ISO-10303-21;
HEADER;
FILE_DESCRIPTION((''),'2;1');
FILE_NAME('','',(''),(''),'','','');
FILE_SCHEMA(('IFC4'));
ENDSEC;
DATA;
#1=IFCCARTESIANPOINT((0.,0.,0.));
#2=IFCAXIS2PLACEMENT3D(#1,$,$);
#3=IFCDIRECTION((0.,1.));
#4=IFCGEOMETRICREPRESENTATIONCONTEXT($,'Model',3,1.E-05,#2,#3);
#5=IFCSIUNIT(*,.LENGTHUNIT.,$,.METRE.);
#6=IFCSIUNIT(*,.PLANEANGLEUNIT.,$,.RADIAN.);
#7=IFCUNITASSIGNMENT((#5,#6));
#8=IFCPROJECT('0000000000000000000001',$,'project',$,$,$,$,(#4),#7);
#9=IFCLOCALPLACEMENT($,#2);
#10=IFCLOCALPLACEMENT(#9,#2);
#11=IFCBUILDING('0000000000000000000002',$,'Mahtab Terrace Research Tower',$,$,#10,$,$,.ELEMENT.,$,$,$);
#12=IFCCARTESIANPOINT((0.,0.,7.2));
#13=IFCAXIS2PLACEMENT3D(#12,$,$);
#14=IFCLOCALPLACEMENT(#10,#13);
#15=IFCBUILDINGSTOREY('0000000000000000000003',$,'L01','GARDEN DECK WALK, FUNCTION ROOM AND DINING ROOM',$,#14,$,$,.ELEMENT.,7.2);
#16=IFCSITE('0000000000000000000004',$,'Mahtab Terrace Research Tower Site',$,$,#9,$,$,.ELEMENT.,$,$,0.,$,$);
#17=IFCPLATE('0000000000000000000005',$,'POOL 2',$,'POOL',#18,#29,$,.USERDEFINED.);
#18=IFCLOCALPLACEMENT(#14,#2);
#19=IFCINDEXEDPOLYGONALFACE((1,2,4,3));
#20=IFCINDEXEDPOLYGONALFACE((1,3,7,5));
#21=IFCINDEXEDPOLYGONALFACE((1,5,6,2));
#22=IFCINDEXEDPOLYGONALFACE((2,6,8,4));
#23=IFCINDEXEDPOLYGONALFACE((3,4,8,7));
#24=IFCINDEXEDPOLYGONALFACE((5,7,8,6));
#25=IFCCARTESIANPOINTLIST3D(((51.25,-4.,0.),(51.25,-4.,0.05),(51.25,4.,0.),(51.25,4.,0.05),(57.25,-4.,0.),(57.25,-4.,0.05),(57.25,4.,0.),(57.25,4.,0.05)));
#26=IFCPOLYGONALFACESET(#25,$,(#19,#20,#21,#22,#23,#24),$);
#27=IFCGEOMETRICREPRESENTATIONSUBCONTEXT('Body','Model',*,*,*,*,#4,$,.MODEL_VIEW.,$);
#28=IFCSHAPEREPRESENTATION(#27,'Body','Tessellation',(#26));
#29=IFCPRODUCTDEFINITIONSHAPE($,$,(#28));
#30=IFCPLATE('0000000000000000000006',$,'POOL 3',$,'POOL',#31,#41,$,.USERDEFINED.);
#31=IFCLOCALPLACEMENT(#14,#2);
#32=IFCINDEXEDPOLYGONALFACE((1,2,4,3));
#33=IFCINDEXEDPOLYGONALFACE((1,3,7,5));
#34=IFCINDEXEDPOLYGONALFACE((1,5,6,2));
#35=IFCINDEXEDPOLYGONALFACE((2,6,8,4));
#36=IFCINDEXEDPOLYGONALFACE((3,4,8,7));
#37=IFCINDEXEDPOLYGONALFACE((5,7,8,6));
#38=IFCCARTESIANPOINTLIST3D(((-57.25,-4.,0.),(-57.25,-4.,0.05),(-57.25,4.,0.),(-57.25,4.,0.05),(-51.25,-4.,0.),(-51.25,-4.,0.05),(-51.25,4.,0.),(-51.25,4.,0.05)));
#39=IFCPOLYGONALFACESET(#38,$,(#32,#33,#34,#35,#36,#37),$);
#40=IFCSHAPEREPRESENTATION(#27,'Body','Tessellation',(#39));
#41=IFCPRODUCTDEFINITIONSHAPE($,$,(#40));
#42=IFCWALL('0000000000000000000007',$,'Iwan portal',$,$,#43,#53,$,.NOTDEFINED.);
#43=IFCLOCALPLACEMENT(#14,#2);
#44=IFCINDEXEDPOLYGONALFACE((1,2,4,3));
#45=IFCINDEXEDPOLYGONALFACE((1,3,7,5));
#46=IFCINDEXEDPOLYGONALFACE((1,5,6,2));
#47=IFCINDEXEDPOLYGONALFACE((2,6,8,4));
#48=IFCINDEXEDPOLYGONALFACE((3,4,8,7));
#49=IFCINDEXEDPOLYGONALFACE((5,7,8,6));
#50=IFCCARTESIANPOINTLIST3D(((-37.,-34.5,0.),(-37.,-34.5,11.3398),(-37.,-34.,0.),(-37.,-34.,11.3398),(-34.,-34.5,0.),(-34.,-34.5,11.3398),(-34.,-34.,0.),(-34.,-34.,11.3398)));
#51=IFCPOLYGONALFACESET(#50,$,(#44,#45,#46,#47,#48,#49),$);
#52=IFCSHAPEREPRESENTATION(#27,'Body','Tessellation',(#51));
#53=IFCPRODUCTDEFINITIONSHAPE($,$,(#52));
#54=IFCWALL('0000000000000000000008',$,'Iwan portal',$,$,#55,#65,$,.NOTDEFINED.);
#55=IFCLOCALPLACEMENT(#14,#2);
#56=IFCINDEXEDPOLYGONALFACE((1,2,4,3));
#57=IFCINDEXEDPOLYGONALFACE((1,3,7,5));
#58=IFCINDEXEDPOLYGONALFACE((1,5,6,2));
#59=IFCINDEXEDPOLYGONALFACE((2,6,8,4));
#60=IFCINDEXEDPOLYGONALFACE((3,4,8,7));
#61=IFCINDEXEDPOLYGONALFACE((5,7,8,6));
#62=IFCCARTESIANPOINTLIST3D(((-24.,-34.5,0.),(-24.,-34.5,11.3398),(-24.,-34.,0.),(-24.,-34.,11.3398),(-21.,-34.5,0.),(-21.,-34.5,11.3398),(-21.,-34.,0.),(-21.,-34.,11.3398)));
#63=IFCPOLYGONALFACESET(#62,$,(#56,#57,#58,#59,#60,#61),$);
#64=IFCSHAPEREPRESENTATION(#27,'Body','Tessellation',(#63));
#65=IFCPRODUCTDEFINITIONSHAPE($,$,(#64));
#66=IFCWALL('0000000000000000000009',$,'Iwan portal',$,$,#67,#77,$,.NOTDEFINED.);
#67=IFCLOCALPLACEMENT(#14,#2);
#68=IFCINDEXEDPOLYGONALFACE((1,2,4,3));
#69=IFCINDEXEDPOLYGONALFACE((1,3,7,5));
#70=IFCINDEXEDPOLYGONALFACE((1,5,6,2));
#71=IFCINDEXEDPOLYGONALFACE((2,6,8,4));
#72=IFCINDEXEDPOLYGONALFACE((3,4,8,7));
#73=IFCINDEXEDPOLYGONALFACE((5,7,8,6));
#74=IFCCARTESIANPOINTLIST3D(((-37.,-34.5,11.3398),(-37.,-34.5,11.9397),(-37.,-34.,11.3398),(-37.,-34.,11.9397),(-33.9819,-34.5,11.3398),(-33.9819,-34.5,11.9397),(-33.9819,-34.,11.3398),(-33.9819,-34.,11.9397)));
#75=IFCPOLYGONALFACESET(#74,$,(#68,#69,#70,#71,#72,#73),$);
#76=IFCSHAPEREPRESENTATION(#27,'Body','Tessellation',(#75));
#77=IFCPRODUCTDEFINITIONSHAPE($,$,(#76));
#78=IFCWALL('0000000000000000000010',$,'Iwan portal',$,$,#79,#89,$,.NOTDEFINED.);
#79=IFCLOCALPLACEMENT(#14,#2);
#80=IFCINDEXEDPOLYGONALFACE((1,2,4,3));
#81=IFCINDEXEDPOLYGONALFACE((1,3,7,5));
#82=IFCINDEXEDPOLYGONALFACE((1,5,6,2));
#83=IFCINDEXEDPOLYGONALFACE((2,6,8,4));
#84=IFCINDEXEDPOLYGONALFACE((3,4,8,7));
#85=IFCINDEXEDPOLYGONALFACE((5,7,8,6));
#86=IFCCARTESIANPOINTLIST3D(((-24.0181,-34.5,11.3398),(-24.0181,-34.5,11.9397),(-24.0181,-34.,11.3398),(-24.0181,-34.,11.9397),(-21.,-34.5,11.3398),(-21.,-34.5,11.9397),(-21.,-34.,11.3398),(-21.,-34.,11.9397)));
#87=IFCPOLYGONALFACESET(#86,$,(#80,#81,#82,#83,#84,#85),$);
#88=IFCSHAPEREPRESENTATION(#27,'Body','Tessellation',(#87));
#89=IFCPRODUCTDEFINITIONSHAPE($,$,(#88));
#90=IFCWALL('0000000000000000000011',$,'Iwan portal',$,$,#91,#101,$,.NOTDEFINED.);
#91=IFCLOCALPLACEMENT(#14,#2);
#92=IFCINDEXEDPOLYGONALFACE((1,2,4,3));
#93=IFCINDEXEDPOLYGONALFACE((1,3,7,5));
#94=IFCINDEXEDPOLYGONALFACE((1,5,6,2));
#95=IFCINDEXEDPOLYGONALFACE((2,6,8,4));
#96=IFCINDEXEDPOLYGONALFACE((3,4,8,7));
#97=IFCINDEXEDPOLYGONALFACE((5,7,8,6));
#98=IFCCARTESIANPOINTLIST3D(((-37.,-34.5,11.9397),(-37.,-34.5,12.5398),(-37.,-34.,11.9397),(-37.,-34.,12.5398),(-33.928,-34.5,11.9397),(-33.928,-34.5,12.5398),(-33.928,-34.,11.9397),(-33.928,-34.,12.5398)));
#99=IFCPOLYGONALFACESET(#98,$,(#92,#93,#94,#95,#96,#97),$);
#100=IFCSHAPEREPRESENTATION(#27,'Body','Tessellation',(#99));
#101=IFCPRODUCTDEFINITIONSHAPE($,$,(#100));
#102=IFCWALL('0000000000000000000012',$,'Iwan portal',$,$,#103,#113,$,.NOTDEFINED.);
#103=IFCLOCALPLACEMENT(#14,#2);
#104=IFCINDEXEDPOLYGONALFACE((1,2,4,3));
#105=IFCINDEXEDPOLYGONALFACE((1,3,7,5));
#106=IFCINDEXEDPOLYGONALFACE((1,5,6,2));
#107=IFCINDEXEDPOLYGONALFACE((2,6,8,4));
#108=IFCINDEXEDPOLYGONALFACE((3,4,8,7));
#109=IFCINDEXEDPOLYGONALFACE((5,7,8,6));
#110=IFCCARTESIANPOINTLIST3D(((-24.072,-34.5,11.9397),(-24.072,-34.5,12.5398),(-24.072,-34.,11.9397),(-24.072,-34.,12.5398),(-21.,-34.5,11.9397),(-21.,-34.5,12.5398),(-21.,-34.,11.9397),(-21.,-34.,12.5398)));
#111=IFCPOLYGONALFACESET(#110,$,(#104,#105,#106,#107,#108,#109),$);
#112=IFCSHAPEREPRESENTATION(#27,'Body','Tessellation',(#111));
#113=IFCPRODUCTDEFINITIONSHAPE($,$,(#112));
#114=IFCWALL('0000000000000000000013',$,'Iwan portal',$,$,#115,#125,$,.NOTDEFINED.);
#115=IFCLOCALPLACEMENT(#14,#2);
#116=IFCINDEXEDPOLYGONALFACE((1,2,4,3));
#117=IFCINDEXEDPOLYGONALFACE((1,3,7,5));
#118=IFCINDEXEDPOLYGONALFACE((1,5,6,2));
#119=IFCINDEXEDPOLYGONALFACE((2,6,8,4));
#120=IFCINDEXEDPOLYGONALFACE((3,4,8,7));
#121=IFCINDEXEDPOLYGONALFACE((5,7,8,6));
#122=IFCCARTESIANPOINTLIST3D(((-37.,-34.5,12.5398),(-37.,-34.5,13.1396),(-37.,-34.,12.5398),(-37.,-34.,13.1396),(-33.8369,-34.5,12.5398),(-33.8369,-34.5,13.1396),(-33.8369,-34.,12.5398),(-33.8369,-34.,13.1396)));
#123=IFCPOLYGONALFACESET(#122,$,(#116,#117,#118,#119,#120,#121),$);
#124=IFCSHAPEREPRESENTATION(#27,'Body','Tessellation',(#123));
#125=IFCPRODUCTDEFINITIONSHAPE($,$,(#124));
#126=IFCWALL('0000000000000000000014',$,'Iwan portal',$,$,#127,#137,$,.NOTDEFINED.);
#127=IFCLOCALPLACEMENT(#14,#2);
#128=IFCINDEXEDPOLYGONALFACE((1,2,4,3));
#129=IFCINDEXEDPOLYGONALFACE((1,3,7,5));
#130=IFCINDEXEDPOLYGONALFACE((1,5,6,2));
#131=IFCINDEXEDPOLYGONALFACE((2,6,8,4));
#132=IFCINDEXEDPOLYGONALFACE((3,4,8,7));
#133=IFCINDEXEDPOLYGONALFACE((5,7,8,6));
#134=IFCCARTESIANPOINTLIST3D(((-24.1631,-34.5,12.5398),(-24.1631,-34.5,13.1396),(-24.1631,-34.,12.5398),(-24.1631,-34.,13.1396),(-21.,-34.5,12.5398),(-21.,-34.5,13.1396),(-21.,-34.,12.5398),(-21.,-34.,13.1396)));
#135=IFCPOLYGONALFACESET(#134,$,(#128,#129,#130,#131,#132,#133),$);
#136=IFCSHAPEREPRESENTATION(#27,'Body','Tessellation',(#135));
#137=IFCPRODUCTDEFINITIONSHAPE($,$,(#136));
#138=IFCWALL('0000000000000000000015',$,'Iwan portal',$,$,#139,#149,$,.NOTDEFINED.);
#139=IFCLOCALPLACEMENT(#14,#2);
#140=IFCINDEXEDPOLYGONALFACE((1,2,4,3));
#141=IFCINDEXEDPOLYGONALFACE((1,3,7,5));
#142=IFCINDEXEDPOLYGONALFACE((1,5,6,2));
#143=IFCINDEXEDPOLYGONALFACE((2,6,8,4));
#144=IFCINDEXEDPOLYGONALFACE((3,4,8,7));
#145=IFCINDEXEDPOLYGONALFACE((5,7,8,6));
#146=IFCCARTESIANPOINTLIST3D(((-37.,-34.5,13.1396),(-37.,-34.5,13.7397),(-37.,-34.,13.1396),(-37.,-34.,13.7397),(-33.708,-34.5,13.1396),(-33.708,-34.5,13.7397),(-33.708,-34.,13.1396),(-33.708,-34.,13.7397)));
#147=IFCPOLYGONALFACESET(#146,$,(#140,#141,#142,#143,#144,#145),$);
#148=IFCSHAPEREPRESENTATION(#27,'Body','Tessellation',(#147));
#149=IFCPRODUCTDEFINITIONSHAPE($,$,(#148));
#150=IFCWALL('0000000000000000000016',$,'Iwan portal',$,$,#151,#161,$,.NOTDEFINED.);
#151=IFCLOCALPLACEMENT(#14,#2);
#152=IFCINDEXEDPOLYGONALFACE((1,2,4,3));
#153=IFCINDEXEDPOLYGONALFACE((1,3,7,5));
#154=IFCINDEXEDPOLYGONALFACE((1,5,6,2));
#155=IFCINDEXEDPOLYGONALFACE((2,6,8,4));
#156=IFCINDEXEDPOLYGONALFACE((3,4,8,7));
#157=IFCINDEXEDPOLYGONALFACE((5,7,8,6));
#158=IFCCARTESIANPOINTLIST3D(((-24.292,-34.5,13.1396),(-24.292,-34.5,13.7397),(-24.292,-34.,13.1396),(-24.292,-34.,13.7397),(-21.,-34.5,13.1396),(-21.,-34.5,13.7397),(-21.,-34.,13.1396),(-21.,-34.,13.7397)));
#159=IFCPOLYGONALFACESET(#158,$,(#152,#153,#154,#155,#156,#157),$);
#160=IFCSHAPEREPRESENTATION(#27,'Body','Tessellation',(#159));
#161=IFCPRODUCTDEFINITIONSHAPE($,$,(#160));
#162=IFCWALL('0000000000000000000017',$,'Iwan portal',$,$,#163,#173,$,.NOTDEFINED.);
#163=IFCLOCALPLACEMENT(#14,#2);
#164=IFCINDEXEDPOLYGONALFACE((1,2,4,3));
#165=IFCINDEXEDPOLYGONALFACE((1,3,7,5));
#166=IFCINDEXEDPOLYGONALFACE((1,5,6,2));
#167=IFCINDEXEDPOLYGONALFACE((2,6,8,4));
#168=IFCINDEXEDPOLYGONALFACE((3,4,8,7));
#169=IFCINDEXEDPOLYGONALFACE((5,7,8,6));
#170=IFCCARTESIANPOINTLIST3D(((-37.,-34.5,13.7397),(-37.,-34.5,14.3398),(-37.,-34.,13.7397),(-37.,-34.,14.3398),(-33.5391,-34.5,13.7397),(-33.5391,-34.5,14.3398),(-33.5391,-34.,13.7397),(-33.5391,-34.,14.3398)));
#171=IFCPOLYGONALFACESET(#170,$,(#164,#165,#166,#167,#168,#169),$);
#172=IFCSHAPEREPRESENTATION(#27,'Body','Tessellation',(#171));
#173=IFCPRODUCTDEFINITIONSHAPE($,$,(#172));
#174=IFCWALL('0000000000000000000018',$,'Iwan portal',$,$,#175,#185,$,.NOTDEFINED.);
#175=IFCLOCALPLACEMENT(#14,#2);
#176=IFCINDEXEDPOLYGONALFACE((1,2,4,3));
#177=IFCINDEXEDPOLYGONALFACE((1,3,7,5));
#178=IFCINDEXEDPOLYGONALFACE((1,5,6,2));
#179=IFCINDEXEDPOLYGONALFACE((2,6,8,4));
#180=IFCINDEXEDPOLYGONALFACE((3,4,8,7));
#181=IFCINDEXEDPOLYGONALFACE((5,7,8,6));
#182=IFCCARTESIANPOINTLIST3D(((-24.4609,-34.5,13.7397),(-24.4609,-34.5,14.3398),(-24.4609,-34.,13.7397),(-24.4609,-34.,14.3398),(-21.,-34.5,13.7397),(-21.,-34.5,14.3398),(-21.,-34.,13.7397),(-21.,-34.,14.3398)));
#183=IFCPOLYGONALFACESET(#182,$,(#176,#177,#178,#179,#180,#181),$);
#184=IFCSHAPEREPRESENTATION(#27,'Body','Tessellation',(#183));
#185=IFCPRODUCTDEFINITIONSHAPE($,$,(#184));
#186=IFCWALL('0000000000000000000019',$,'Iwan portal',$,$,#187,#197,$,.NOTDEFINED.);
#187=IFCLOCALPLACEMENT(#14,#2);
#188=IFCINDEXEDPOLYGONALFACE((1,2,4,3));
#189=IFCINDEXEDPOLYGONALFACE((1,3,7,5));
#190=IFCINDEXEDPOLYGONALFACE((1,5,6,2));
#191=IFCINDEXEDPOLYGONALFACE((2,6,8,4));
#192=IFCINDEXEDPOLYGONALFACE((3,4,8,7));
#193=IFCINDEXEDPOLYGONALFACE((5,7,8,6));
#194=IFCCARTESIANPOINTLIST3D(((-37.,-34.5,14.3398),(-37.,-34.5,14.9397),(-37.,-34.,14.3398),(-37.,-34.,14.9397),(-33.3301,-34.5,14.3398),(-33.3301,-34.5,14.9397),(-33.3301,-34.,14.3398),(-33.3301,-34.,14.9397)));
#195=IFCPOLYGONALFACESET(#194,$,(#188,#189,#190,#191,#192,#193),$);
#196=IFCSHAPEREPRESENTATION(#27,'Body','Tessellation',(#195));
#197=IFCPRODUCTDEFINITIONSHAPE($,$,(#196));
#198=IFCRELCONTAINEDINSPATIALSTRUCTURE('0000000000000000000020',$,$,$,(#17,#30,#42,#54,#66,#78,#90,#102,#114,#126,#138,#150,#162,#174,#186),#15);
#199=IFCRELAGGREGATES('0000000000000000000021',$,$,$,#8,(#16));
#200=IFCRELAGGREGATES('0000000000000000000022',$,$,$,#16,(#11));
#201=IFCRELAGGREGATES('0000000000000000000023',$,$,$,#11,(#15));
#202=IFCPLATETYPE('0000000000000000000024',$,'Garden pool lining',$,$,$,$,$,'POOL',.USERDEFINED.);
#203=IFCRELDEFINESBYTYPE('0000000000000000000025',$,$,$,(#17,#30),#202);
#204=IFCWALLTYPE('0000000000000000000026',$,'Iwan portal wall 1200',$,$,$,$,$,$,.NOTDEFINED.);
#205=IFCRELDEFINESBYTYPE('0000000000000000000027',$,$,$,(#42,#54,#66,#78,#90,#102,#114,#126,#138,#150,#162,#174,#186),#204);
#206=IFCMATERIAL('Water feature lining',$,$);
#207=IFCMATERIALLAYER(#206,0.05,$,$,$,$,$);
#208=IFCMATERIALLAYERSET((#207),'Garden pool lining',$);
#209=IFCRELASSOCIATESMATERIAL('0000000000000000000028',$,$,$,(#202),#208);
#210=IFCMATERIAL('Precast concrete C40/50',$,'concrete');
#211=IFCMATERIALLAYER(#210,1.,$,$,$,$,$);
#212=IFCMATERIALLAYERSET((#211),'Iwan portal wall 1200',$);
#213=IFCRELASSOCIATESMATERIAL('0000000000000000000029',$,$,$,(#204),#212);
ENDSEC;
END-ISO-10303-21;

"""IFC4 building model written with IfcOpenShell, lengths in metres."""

from ifc_helpers import new_model, si_unit, direction, frame, origin, place, context, subcontext, project, spatial, polyline, outline, extrude, material, layer, layer_set, type_object, element, save


model = new_model("IFC4")

# Units and contexts
model_context = context("Model", 3, precision=1e-05, world=origin(), true_north=direction((0.0, 1.0)))
body_context = subcontext(model_context, "Body", "Model", "MODEL_VIEW")
ifc_project = project(units=[si_unit("LENGTHUNIT", "METRE"), si_unit("PLANEANGLEUNIT", "RADIAN")], contexts=[model_context])

# Site, building, storey
site_placement = place(None, origin())
site = spatial("IfcSite", under=ifc_project, at=site_placement, Name="Mahtab Terrace Research Tower Site", CompositionType="ELEMENT", RefElevation=0.0)
building_placement = place(site_placement, origin())
building = spatial("IfcBuilding", under=site, at=building_placement, Name="Mahtab Terrace Research Tower", CompositionType="ELEMENT")
storey_placement = place(building_placement, frame((0.0, 0.0, 7.2)))
storey = spatial("IfcBuildingStorey", under=building, at=storey_placement, Name="L01", Description="GARDEN DECK WALK, FUNCTION ROOM AND DINING ROOM", CompositionType="ELEMENT", Elevation=7.2)

# Plates
ifc_material_1 = material(Name="Water feature lining")
ifc_layer_1 = layer(ifc_material_1, 0.05)
ifc_layer_set_1 = layer_set([ifc_layer_1], Name="Garden pool lining")
plate_type = type_object("IfcPlateType", Name="Garden pool lining", ElementType="POOL", PredefinedType="USERDEFINED", material=ifc_layer_set_1)
plate_1_placement = place(storey_placement, origin())
element("IfcPlate", 1, at=plate_1_placement, inside=storey, type_object=plate_type, Name="POOL 2", ObjectType="POOL", PredefinedType="USERDEFINED", context=body_context, shape_type="SweptSolid", body=[
    extrude(outline(polyline([(57.25, -4.0), (57.25, 4.0), (51.25, 4.0), (51.25, -4.0), (57.25, -4.0)])), origin(), (0.0, 0.0, 1.0), 0.05),
])
plate_2_placement = place(storey_placement, origin())
element("IfcPlate", 2, at=plate_2_placement, inside=storey, type_object=plate_type, Name="POOL 3", ObjectType="POOL", PredefinedType="USERDEFINED", context=body_context, shape_type="SweptSolid", body=[
    extrude(outline(polyline([(-51.25, -4.0), (-51.25, 4.0), (-57.25, 4.0), (-57.25, -4.0), (-51.25, -4.0)])), origin(), (0.0, 0.0, 1.0), 0.05),
])

# Walls
ifc_material_2 = material(Name="Precast concrete C40/50", Category="concrete")
ifc_layer_2 = layer(ifc_material_2, 1.0)
ifc_layer_set_2 = layer_set([ifc_layer_2], Name="Iwan portal wall 1200")
wall_type = type_object("IfcWallType", Name="Iwan portal wall 1200", PredefinedType="NOTDEFINED", material=ifc_layer_set_2)
wall_1_placement = place(storey_placement, origin())
element("IfcWall", 3, at=wall_1_placement, inside=storey, type_object=wall_type, Name="Iwan portal", PredefinedType="NOTDEFINED", context=body_context, shape_type="SweptSolid", body=[
    extrude(outline(polyline([(-37.0, -34.5), (-34.0, -34.5), (-34.0, -34.0), (-37.0, -34.0), (-37.0, -34.5)])), origin(), (0.0, 0.0, 1.0), 11.3398),
])
wall_2_placement = place(storey_placement, origin())
element("IfcWall", 4, at=wall_2_placement, inside=storey, type_object=wall_type, Name="Iwan portal", PredefinedType="NOTDEFINED", context=body_context, shape_type="SweptSolid", body=[
    extrude(outline(polyline([(-24.0, -34.5), (-21.0, -34.5), (-21.0, -34.0), (-24.0, -34.0), (-24.0, -34.5)])), origin(), (0.0, 0.0, 1.0), 11.3398),
])
wall_3_placement = place(storey_placement, frame((0.0, 0.0, 11.3398)))
element("IfcWall", 5, at=wall_3_placement, inside=storey, type_object=wall_type, Name="Iwan portal", PredefinedType="NOTDEFINED", context=body_context, shape_type="SweptSolid", body=[
    extrude(outline(polyline([(-37.0, -34.5), (-33.9819, -34.5), (-33.9819, -34.0), (-37.0, -34.0), (-37.0, -34.5)])), origin(), (0.0, 0.0, 1.0), 0.5999),
])
wall_4_placement = place(storey_placement, frame((0.0, 0.0, 11.3398)))
element("IfcWall", 6, at=wall_4_placement, inside=storey, type_object=wall_type, Name="Iwan portal", PredefinedType="NOTDEFINED", context=body_context, shape_type="SweptSolid", body=[
    extrude(outline(polyline([(-24.0181, -34.5), (-21.0, -34.5), (-21.0, -34.0), (-24.0181, -34.0), (-24.0181, -34.5)])), origin(), (0.0, 0.0, 1.0), 0.5999),
])
wall_5_placement = place(storey_placement, frame((0.0, 0.0, 11.9397)))
element("IfcWall", 7, at=wall_5_placement, inside=storey, type_object=wall_type, Name="Iwan portal", PredefinedType="NOTDEFINED", context=body_context, shape_type="SweptSolid", body=[
    extrude(outline(polyline([(-37.0, -34.5), (-33.928, -34.5), (-33.928, -34.0), (-37.0, -34.0), (-37.0, -34.5)])), origin(), (0.0, 0.0, 1.0), 0.6001),
])
wall_6_placement = place(storey_placement, frame((0.0, 0.0, 11.9397)))
element("IfcWall", 8, at=wall_6_placement, inside=storey, type_object=wall_type, Name="Iwan portal", PredefinedType="NOTDEFINED", context=body_context, shape_type="SweptSolid", body=[
    extrude(outline(polyline([(-24.072, -34.5), (-21.0, -34.5), (-21.0, -34.0), (-24.072, -34.0), (-24.072, -34.5)])), origin(), (0.0, 0.0, 1.0), 0.6001),
])
wall_7_placement = place(storey_placement, frame((0.0, 0.0, 12.5398)))
element("IfcWall", 9, at=wall_7_placement, inside=storey, type_object=wall_type, Name="Iwan portal", PredefinedType="NOTDEFINED", context=body_context, shape_type="SweptSolid", body=[
    extrude(outline(polyline([(-37.0, -34.5), (-33.8369, -34.5), (-33.8369, -34.0), (-37.0, -34.0), (-37.0, -34.5)])), origin(), (0.0, 0.0, 1.0), 0.5999),
])
wall_8_placement = place(storey_placement, frame((0.0, 0.0, 12.5398)))
element("IfcWall", 10, at=wall_8_placement, inside=storey, type_object=wall_type, Name="Iwan portal", PredefinedType="NOTDEFINED", context=body_context, shape_type="SweptSolid", body=[
    extrude(outline(polyline([(-24.1631, -34.5), (-21.0, -34.5), (-21.0, -34.0), (-24.1631, -34.0), (-24.1631, -34.5)])), origin(), (0.0, 0.0, 1.0), 0.5999),
])
wall_9_placement = place(storey_placement, frame((0.0, 0.0, 13.1396)))
element("IfcWall", 11, at=wall_9_placement, inside=storey, type_object=wall_type, Name="Iwan portal", PredefinedType="NOTDEFINED", context=body_context, shape_type="SweptSolid", body=[
    extrude(outline(polyline([(-37.0, -34.5), (-33.708, -34.5), (-33.708, -34.0), (-37.0, -34.0), (-37.0, -34.5)])), origin(), (0.0, 0.0, 1.0), 0.6001),
])
wall_10_placement = place(storey_placement, frame((0.0, 0.0, 13.1396)))
element("IfcWall", 12, at=wall_10_placement, inside=storey, type_object=wall_type, Name="Iwan portal", PredefinedType="NOTDEFINED", context=body_context, shape_type="SweptSolid", body=[
    extrude(outline(polyline([(-24.292, -34.5), (-21.0, -34.5), (-21.0, -34.0), (-24.292, -34.0), (-24.292, -34.5)])), origin(), (0.0, 0.0, 1.0), 0.6001),
])
wall_11_placement = place(storey_placement, frame((0.0, 0.0, 13.7397)))
element("IfcWall", 13, at=wall_11_placement, inside=storey, type_object=wall_type, Name="Iwan portal", PredefinedType="NOTDEFINED", context=body_context, shape_type="SweptSolid", body=[
    extrude(outline(polyline([(-37.0, -34.5), (-33.5391, -34.5), (-33.5391, -34.0), (-37.0, -34.0), (-37.0, -34.5)])), origin(), (0.0, 0.0, 1.0), 0.6001),
])
wall_12_placement = place(storey_placement, frame((0.0, 0.0, 13.7397)))
element("IfcWall", 14, at=wall_12_placement, inside=storey, type_object=wall_type, Name="Iwan portal", PredefinedType="NOTDEFINED", context=body_context, shape_type="SweptSolid", body=[
    extrude(outline(polyline([(-24.4609, -34.5), (-21.0, -34.5), (-21.0, -34.0), (-24.4609, -34.0), (-24.4609, -34.5)])), origin(), (0.0, 0.0, 1.0), 0.6001),
])
wall_13_placement = place(storey_placement, frame((0.0, 0.0, 14.3398)))
element("IfcWall", 15, at=wall_13_placement, inside=storey, type_object=wall_type, Name="Iwan portal", PredefinedType="NOTDEFINED", context=body_context, shape_type="SweptSolid", body=[
    extrude(outline(polyline([(-37.0, -34.5), (-33.3301, -34.5), (-33.3301, -34.0), (-37.0, -34.0), (-37.0, -34.5)])), origin(), (0.0, 0.0, 1.0), 0.5999),
])

save(model, "model.ifc")
